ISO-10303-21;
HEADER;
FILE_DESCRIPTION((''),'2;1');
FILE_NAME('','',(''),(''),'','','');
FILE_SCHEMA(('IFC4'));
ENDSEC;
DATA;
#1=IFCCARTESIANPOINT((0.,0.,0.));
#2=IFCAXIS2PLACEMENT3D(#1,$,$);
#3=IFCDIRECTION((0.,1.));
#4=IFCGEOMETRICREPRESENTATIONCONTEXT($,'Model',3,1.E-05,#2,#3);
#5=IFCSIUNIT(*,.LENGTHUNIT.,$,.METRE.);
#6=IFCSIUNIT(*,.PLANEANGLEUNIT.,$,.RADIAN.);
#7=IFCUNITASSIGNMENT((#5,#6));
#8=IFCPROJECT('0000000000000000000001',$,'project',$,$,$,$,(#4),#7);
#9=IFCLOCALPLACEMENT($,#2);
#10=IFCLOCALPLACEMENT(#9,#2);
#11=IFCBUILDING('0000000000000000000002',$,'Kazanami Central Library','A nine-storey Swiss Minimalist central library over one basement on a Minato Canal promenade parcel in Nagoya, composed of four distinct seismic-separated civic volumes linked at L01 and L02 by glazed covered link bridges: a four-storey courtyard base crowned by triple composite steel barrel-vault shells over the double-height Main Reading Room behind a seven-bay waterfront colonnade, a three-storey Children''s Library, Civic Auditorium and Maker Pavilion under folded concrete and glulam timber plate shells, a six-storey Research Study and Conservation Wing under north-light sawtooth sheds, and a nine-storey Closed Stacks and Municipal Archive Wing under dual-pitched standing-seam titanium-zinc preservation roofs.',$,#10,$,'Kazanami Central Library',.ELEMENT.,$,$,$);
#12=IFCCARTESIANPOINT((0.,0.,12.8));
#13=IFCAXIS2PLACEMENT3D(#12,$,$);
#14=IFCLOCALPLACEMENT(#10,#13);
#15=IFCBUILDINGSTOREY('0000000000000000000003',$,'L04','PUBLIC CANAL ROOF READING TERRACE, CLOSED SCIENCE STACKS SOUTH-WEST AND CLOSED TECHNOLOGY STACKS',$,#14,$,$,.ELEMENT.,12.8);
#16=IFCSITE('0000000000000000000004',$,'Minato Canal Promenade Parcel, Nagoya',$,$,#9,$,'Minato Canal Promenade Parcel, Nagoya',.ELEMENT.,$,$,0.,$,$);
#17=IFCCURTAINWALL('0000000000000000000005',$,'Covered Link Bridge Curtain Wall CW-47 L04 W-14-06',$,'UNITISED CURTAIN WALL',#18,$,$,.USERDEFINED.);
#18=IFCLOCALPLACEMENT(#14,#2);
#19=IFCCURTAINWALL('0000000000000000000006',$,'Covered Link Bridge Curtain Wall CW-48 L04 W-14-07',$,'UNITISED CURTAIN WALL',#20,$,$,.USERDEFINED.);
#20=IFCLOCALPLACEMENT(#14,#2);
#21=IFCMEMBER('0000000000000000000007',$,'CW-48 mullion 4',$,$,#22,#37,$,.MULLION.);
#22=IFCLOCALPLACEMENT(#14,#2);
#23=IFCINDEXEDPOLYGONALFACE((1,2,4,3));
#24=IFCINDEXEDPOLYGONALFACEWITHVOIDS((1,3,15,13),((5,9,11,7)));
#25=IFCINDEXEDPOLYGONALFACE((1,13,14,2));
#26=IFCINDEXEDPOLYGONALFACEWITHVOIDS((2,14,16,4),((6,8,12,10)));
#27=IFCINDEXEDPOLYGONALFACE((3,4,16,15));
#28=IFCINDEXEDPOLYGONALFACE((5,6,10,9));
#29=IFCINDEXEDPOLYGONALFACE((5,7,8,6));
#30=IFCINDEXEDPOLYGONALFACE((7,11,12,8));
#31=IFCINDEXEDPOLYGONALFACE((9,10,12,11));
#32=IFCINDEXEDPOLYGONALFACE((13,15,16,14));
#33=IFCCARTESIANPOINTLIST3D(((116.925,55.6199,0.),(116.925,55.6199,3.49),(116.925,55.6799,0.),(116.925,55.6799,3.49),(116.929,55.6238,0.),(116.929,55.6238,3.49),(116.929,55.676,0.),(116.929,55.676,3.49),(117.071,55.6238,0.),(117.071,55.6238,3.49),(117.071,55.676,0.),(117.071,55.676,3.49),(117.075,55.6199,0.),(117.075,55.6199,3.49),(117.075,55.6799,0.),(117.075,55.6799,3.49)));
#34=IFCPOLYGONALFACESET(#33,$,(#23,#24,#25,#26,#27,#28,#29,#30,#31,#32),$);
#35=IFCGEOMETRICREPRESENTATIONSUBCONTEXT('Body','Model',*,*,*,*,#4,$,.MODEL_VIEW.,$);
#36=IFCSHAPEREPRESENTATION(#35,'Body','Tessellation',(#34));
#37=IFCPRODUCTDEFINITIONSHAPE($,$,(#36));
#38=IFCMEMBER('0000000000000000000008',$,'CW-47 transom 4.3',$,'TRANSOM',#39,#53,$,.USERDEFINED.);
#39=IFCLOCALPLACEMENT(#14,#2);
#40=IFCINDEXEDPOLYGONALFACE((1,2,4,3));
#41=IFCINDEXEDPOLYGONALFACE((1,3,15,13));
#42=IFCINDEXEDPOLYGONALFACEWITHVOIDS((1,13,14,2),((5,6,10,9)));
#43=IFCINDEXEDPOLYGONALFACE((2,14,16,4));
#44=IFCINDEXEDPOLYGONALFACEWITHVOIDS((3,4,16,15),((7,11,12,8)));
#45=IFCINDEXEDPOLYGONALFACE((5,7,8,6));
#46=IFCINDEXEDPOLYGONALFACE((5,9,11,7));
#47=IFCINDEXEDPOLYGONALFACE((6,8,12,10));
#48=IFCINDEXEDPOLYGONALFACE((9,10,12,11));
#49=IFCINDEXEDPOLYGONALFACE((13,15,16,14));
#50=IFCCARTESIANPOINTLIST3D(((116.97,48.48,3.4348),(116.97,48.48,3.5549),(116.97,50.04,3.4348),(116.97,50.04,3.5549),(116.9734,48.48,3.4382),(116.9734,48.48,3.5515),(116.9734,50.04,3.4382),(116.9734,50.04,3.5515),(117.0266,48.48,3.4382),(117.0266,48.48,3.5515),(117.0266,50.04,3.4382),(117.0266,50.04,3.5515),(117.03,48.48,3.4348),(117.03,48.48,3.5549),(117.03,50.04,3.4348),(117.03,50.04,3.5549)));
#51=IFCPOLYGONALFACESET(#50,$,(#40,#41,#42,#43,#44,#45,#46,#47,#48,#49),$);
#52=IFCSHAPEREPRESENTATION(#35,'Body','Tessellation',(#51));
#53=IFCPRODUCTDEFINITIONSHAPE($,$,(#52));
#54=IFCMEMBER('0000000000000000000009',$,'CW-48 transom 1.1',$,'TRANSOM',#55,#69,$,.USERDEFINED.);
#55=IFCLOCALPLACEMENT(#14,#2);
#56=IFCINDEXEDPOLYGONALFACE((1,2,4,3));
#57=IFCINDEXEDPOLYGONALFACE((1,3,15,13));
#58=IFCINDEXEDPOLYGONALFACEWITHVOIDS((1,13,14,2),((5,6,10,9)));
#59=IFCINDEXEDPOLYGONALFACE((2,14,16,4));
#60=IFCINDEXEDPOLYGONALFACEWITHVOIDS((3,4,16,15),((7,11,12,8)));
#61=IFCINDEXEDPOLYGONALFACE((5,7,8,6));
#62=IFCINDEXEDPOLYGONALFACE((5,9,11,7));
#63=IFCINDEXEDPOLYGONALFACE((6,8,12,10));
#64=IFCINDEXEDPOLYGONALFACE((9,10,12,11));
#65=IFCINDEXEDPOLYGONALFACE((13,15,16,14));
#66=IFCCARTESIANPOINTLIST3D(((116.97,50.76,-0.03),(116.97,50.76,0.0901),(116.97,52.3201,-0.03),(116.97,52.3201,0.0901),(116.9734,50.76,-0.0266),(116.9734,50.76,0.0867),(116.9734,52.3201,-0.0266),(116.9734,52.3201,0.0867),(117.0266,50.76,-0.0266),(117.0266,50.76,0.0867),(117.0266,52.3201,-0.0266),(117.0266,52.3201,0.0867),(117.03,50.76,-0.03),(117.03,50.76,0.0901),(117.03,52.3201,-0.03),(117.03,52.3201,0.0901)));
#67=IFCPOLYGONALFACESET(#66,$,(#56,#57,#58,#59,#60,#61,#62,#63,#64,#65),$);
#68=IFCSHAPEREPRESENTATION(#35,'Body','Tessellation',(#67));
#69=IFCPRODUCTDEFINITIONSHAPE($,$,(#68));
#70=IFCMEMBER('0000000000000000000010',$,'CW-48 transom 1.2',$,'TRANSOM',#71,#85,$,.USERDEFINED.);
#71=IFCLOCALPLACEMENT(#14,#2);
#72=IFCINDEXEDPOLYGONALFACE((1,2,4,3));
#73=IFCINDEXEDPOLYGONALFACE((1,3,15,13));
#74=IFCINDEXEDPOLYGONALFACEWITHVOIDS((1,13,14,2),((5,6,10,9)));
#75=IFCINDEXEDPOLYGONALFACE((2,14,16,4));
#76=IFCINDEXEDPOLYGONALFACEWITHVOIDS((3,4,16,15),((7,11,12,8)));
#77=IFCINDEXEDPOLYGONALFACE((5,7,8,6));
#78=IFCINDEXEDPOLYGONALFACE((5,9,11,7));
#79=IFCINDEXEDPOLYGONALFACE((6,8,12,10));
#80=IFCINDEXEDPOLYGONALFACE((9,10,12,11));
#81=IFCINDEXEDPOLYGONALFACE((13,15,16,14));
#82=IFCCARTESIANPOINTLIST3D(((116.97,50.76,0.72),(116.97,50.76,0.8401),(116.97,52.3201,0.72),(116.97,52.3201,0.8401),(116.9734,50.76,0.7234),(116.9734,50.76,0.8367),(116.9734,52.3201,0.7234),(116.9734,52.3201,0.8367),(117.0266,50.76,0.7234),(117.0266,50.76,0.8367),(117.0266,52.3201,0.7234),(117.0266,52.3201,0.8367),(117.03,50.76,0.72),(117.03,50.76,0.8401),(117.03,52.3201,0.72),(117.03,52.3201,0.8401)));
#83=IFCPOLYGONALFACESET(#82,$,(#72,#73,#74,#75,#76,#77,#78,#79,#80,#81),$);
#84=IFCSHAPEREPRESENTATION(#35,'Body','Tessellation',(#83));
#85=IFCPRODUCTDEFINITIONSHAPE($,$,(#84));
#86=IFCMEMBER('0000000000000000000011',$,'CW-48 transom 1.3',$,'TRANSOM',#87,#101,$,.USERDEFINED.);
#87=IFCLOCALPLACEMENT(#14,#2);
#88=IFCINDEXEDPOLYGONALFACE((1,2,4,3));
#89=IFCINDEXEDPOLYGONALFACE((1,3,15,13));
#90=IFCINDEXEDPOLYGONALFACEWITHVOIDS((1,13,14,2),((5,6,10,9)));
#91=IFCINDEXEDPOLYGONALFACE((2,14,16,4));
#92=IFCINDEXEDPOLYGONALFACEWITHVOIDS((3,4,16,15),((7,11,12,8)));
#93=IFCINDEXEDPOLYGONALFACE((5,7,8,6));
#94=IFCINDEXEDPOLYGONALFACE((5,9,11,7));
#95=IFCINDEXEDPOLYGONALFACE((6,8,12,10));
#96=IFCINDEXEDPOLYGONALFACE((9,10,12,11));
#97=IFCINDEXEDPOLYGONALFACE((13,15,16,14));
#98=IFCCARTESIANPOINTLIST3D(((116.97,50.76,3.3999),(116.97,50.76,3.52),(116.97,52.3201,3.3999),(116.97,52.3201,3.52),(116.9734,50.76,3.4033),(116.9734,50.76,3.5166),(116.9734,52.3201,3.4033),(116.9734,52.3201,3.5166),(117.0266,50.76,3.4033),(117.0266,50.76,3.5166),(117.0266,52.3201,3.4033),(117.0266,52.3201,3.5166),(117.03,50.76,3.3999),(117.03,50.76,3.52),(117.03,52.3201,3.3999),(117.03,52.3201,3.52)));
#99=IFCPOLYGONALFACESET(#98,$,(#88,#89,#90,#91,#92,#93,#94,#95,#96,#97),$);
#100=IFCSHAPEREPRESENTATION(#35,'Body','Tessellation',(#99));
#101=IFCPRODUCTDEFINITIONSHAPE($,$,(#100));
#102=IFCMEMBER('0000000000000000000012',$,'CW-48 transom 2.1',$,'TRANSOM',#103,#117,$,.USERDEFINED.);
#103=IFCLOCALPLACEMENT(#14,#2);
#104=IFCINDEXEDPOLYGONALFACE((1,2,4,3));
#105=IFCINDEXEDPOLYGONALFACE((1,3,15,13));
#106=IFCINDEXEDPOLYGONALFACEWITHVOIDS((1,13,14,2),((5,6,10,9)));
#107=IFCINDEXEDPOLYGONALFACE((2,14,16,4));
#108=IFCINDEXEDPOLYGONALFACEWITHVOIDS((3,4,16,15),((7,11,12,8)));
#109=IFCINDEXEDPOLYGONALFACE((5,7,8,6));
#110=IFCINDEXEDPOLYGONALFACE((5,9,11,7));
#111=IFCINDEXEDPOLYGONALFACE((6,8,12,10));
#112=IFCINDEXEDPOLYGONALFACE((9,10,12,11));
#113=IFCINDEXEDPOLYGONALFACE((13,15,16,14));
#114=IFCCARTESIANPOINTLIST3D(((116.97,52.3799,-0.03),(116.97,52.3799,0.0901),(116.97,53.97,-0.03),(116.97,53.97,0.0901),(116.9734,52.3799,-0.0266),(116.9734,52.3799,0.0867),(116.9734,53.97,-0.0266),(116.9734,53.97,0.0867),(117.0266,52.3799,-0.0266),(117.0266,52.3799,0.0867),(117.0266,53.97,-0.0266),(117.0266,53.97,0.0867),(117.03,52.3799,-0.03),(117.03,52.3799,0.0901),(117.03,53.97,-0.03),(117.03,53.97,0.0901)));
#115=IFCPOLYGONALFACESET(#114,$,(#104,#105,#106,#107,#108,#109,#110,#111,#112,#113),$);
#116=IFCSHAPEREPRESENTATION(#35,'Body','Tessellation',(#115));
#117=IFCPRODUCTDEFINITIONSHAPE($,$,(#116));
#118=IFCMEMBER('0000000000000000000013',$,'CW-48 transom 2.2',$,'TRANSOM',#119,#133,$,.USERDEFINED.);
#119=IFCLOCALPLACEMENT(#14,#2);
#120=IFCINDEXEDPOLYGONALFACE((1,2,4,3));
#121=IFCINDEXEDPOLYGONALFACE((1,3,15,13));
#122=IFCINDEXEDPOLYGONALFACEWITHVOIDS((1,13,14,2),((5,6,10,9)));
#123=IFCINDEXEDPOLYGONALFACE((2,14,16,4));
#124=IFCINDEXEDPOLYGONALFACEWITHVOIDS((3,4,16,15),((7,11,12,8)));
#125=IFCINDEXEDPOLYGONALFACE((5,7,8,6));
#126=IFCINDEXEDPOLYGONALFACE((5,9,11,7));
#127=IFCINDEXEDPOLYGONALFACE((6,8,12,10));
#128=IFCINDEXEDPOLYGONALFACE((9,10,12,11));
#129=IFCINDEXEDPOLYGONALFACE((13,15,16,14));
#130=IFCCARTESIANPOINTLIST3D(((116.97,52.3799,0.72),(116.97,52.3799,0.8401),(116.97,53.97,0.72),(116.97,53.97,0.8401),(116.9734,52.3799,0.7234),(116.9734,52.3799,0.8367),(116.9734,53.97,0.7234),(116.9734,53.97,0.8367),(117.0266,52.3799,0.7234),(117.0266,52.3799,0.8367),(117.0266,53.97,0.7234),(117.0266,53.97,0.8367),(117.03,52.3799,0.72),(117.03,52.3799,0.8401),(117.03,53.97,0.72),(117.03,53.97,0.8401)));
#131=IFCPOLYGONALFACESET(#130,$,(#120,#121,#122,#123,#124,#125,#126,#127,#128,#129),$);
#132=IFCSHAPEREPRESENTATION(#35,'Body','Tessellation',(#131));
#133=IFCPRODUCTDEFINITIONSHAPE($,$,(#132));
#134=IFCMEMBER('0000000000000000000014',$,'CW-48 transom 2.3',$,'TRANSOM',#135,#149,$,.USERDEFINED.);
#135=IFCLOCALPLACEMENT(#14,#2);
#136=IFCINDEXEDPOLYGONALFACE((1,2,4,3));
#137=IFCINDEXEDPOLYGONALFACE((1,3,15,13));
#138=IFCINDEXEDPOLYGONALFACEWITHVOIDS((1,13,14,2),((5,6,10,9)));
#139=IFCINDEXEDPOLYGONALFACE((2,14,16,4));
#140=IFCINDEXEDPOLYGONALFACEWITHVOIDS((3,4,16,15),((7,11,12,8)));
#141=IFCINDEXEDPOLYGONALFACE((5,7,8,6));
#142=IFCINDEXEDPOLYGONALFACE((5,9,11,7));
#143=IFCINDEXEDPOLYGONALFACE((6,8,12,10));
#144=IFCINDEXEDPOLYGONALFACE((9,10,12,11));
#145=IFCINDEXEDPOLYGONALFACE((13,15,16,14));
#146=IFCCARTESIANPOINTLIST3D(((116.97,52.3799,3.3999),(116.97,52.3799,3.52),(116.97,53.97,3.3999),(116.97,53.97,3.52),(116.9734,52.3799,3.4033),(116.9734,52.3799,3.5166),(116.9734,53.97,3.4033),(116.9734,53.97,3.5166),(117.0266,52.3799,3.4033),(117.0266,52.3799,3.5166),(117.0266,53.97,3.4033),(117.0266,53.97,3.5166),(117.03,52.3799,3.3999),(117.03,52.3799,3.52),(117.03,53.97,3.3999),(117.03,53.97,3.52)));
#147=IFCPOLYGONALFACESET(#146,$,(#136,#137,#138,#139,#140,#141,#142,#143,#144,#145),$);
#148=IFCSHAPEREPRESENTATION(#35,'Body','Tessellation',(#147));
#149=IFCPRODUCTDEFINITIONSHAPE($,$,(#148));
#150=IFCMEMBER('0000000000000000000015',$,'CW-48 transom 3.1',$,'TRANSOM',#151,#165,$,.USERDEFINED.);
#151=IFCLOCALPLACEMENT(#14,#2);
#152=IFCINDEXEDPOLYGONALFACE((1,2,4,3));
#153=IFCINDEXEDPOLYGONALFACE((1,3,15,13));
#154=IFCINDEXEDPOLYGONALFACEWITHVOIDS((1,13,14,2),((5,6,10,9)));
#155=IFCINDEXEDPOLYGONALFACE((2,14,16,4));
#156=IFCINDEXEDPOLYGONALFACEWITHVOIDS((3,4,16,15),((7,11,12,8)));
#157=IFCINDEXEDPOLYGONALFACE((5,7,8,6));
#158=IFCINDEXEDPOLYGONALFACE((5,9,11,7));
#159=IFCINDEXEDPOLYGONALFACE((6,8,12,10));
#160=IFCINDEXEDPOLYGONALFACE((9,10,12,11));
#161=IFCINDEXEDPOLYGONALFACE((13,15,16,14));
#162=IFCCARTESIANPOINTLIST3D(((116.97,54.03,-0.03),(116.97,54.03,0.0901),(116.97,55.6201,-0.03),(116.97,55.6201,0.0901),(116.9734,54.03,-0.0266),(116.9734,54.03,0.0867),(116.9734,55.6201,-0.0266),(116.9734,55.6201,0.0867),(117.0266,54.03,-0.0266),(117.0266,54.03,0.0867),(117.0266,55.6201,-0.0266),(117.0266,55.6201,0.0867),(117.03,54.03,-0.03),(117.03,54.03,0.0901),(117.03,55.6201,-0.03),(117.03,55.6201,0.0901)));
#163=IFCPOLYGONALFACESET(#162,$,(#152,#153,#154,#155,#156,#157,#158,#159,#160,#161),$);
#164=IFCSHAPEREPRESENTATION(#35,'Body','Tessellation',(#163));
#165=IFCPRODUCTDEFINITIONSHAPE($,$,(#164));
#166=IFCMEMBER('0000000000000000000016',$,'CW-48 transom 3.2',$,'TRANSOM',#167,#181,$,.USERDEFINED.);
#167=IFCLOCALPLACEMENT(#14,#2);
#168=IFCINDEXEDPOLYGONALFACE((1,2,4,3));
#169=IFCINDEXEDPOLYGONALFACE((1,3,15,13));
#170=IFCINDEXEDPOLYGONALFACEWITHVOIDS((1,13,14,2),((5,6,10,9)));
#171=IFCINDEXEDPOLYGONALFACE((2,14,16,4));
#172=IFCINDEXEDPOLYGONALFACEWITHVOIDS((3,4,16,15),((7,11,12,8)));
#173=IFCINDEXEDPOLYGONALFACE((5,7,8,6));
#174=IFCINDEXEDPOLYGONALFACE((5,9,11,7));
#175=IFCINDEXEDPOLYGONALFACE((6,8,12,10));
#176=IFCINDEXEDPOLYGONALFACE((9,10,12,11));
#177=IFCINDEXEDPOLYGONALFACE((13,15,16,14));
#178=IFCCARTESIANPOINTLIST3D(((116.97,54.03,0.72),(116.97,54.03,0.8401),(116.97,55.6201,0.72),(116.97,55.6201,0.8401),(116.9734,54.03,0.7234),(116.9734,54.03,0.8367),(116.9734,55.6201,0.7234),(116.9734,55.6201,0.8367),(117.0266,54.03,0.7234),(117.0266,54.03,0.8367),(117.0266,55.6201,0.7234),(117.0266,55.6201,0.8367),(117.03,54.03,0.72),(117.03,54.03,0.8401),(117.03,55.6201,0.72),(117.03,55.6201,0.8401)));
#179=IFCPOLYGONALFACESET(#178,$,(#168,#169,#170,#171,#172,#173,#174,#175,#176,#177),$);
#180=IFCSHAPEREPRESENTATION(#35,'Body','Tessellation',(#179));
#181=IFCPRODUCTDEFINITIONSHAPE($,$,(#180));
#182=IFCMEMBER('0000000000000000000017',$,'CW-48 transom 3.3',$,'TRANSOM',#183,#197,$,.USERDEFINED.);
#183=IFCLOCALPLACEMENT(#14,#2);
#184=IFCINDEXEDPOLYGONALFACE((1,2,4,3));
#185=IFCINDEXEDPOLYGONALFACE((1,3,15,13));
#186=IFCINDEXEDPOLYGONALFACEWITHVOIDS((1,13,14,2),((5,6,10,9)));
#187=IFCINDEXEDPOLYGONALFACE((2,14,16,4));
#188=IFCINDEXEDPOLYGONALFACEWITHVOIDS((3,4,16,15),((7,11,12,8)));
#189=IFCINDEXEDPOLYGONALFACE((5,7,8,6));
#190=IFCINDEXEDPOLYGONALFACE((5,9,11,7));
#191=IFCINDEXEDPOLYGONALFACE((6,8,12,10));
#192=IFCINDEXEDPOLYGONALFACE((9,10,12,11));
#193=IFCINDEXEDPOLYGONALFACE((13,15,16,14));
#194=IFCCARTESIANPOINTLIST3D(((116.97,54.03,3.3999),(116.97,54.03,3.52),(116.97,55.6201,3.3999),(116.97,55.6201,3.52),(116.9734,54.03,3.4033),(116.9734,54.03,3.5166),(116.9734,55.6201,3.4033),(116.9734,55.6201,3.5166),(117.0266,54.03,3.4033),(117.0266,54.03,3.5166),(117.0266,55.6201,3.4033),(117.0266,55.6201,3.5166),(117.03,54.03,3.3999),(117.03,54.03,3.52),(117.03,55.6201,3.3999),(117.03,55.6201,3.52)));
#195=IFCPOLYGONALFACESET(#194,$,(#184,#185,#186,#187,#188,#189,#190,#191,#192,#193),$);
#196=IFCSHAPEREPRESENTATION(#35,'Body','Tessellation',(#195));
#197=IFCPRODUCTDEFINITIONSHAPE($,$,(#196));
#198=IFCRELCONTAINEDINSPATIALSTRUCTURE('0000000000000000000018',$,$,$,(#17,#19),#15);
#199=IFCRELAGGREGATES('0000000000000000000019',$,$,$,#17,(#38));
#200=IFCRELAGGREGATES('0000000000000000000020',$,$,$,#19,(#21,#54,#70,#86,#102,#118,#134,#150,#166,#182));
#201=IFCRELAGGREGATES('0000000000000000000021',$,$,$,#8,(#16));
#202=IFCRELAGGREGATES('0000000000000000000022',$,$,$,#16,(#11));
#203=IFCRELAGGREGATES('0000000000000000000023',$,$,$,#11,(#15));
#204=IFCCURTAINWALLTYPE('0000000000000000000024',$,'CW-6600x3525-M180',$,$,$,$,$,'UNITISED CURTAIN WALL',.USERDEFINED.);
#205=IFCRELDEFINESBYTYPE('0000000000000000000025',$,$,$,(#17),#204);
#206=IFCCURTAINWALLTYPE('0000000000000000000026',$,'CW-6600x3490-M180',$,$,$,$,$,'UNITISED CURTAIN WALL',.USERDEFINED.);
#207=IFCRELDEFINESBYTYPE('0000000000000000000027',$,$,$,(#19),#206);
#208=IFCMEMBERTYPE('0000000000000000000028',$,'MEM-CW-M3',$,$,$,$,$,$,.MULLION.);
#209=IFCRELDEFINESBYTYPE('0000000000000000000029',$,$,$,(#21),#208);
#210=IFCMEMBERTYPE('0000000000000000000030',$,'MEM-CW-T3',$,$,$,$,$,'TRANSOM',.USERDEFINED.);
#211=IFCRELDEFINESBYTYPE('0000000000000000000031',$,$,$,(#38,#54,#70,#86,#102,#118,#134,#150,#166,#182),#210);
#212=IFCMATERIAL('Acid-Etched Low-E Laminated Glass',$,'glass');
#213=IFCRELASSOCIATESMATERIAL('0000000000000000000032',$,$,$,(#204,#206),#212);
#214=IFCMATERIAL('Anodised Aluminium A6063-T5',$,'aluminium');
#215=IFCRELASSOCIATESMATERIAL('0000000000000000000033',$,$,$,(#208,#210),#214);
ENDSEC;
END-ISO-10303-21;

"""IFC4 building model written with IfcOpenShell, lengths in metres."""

from ifc_helpers import new_model, si_unit, direction, frame, origin, origin_2d, place, context, subcontext, project, spatial, hollow_rectangle, extrude, material, material_profile, profile_set, type_object, element, aggregate, save


model = new_model("IFC4")

# Units and contexts
model_context = context("Model", 3, precision=1e-05, world=origin(), true_north=direction((0.0, 1.0)))
body_context = subcontext(model_context, "Body", "Model", "MODEL_VIEW")
ifc_project = project(units=[si_unit("LENGTHUNIT", "METRE"), si_unit("PLANEANGLEUNIT", "RADIAN")], contexts=[model_context])

# Site, building, storey
site_placement = place(None, origin())
site = spatial("IfcSite", under=ifc_project, at=site_placement, Name="Minato Canal Promenade Parcel, Nagoya", LongName="Minato Canal Promenade Parcel, Nagoya", CompositionType="ELEMENT", RefElevation=0.0)
building_placement = place(site_placement, origin())
building = spatial("IfcBuilding", under=site, at=building_placement, Name="Kazanami Central Library", Description="A nine-storey Swiss Minimalist central library over one basement on a Minato Canal promenade parcel in Nagoya, composed of four distinct seismic-separated civic volumes linked at L01 and L02 by glazed covered link bridges: a four-storey courtyard base crowned by triple composite steel barrel-vault shells over the double-height Main Reading Room behind a seven-bay waterfront colonnade, a three-storey Children's Library, Civic Auditorium and Maker Pavilion under folded concrete and glulam timber plate shells, a six-storey Research Study and Conservation Wing under north-light sawtooth sheds, and a nine-storey Closed Stacks and Municipal Archive Wing under dual-pitched standing-seam titanium-zinc preservation roofs.", LongName="Kazanami Central Library", CompositionType="ELEMENT")
storey_placement = place(building_placement, frame((0.0, 0.0, 12.8)))
storey = spatial("IfcBuildingStorey", under=building, at=storey_placement, Name="L04", Description="PUBLIC CANAL ROOF READING TERRACE, CLOSED SCIENCE STACKS SOUTH-WEST AND CLOSED TECHNOLOGY STACKS", CompositionType="ELEMENT", Elevation=12.8)

# Curtain wall
ifc_material_1 = material(Name="Acid-Etched Low-E Laminated Glass", Category="glass")
curtain_wall_type_1 = type_object("IfcCurtainWallType", Name="CW-6600x3525-M180", ElementType="UNITISED CURTAIN WALL", PredefinedType="USERDEFINED", material=ifc_material_1)
curtain_wall_1_placement = place(storey_placement, origin())
curtain_wall_1 = element("IfcCurtainWall", 1, at=curtain_wall_1_placement, inside=storey, type_object=curtain_wall_type_1, Name="Covered Link Bridge Curtain Wall CW-47 L04 W-14-06", ObjectType="UNITISED CURTAIN WALL", PredefinedType="USERDEFINED")
ifc_material_2 = material(Name="Anodised Aluminium A6063-T5", Category="aluminium")
ifc_material_profile_1 = material_profile(ifc_material_2, hollow_rectangle(XDim=0.0601, YDim=0.1499, WallThickness=0.0039, at=origin_2d()), Name="ALU-MULL-60x150x4")
ifc_profile_set_1 = profile_set([ifc_material_profile_1], Name="Anodised Aluminium A6063-T5")
member_type_1 = type_object("IfcMemberType", Name="MEM-CW-M3", PredefinedType="MULLION", material=ifc_profile_set_1)

# Curtain wall, member
curtain_wall_type_2 = type_object("IfcCurtainWallType", Name="CW-6600x3490-M180", ElementType="UNITISED CURTAIN WALL", PredefinedType="USERDEFINED", material=ifc_material_1)
curtain_wall_2_placement = place(storey_placement, origin())
curtain_wall_2 = element("IfcCurtainWall", 2, at=curtain_wall_2_placement, inside=storey, type_object=curtain_wall_type_2, Name="Covered Link Bridge Curtain Wall CW-48 L04 W-14-07", ObjectType="UNITISED CURTAIN WALL", PredefinedType="USERDEFINED")
member_1_placement = place(storey_placement, frame((117.0, 55.6499, 0.0), z_axis=(0.0, 0.0, 1.0), x_axis=(0.0, 1.0, 0.0)))
member_1 = element("IfcMember", 3, at=member_1_placement, type_object=member_type_1, Name="CW-48 mullion 4", PredefinedType="MULLION", context=body_context, shape_type="SweptSolid", body=[
    extrude(hollow_rectangle(XDim=0.0601, YDim=0.1499, WallThickness=0.0039, at=origin_2d()), origin(), (0.0, 0.0, 1.0), 3.49),
])

# Members
ifc_material_profile_2 = material_profile(ifc_material_2, hollow_rectangle(XDim=0.0601, YDim=0.1201, WallThickness=0.0034, at=origin_2d()), Name="ALU-TRAN-60x120x3.5")
ifc_profile_set_2 = profile_set([ifc_material_profile_2], Name="Anodised Aluminium A6063-T5")
member_type_2 = type_object("IfcMemberType", Name="MEM-CW-T3", ElementType="TRANSOM", PredefinedType="USERDEFINED", material=ifc_profile_set_2)
member_2_placement = place(storey_placement, frame((117.0, 48.48, 3.4949), z_axis=(0.0, 1.0, 0.0), x_axis=(-1.0, 0.0, 0.0)))
member_2 = element("IfcMember", 4, at=member_2_placement, type_object=member_type_2, Name="CW-47 transom 4.3", ObjectType="TRANSOM", PredefinedType="USERDEFINED", context=body_context, shape_type="SweptSolid", body=[
    extrude(hollow_rectangle(XDim=0.0601, YDim=0.1201, WallThickness=0.0034, at=origin_2d()), origin(), (0.0, 0.0, 1.0), 1.5601),
])
member_3_placement = place(storey_placement, frame((117.0, 50.76, 0.03), z_axis=(0.0, 1.0, 0.0), x_axis=(-1.0, 0.0, 0.0)))
member_3 = element("IfcMember", 5, at=member_3_placement, type_object=member_type_2, Name="CW-48 transom 1.1", ObjectType="TRANSOM", PredefinedType="USERDEFINED", context=body_context, shape_type="SweptSolid", body=[
    extrude(hollow_rectangle(XDim=0.0601, YDim=0.1201, WallThickness=0.0034, at=origin_2d()), origin(), (0.0, 0.0, 1.0), 1.5601),
])
member_4_placement = place(storey_placement, frame((117.0, 50.76, 0.78), z_axis=(0.0, 1.0, 0.0), x_axis=(-1.0, 0.0, 0.0)))
member_4 = element("IfcMember", 6, at=member_4_placement, type_object=member_type_2, Name="CW-48 transom 1.2", ObjectType="TRANSOM", PredefinedType="USERDEFINED", context=body_context, shape_type="SweptSolid", body=[
    extrude(hollow_rectangle(XDim=0.0601, YDim=0.1201, WallThickness=0.0034, at=origin_2d()), origin(), (0.0, 0.0, 1.0), 1.5601),
])
member_5_placement = place(storey_placement, frame((117.0, 50.76, 3.46), z_axis=(0.0, 1.0, 0.0), x_axis=(-1.0, 0.0, 0.0)))
member_5 = element("IfcMember", 7, at=member_5_placement, type_object=member_type_2, Name="CW-48 transom 1.3", ObjectType="TRANSOM", PredefinedType="USERDEFINED", context=body_context, shape_type="SweptSolid", body=[
    extrude(hollow_rectangle(XDim=0.0601, YDim=0.1201, WallThickness=0.0034, at=origin_2d()), origin(), (0.0, 0.0, 1.0), 1.5601),
])
member_6_placement = place(storey_placement, frame((117.0, 52.3799, 0.03), z_axis=(0.0, 1.0, 0.0), x_axis=(-1.0, 0.0, 0.0)))
member_6 = element("IfcMember", 8, at=member_6_placement, type_object=member_type_2, Name="CW-48 transom 2.1", ObjectType="TRANSOM", PredefinedType="USERDEFINED", context=body_context, shape_type="SweptSolid", body=[
    extrude(hollow_rectangle(XDim=0.0601, YDim=0.1201, WallThickness=0.0034, at=origin_2d()), origin(), (0.0, 0.0, 1.0), 1.5901),
])
member_7_placement = place(storey_placement, frame((117.0, 52.3799, 0.78), z_axis=(0.0, 1.0, 0.0), x_axis=(-1.0, 0.0, 0.0)))
member_7 = element("IfcMember", 9, at=member_7_placement, type_object=member_type_2, Name="CW-48 transom 2.2", ObjectType="TRANSOM", PredefinedType="USERDEFINED", context=body_context, shape_type="SweptSolid", body=[
    extrude(hollow_rectangle(XDim=0.0601, YDim=0.1201, WallThickness=0.0034, at=origin_2d()), origin(), (0.0, 0.0, 1.0), 1.5901),
])
member_8_placement = place(storey_placement, frame((117.0, 52.3799, 3.46), z_axis=(0.0, 1.0, 0.0), x_axis=(-1.0, 0.0, 0.0)))
member_8 = element("IfcMember", 10, at=member_8_placement, type_object=member_type_2, Name="CW-48 transom 2.3", ObjectType="TRANSOM", PredefinedType="USERDEFINED", context=body_context, shape_type="SweptSolid", body=[
    extrude(hollow_rectangle(XDim=0.0601, YDim=0.1201, WallThickness=0.0034, at=origin_2d()), origin(), (0.0, 0.0, 1.0), 1.5901),
])
member_9_placement = place(storey_placement, frame((117.0, 54.03, 0.03), z_axis=(0.0, 1.0, 0.0), x_axis=(-1.0, 0.0, 0.0)))
member_9 = element("IfcMember", 11, at=member_9_placement, type_object=member_type_2, Name="CW-48 transom 3.1", ObjectType="TRANSOM", PredefinedType="USERDEFINED", context=body_context, shape_type="SweptSolid", body=[
    extrude(hollow_rectangle(XDim=0.0601, YDim=0.1201, WallThickness=0.0034, at=origin_2d()), origin(), (0.0, 0.0, 1.0), 1.5901),
])
member_10_placement = place(storey_placement, frame((117.0, 54.03, 0.78), z_axis=(0.0, 1.0, 0.0), x_axis=(-1.0, 0.0, 0.0)))
member_10 = element("IfcMember", 12, at=member_10_placement, type_object=member_type_2, Name="CW-48 transom 3.2", ObjectType="TRANSOM", PredefinedType="USERDEFINED", context=body_context, shape_type="SweptSolid", body=[
    extrude(hollow_rectangle(XDim=0.0601, YDim=0.1201, WallThickness=0.0034, at=origin_2d()), origin(), (0.0, 0.0, 1.0), 1.5901),
])
member_11_placement = place(storey_placement, frame((117.0, 54.03, 3.46), z_axis=(0.0, 1.0, 0.0), x_axis=(-1.0, 0.0, 0.0)))
member_11 = element("IfcMember", 13, at=member_11_placement, type_object=member_type_2, Name="CW-48 transom 3.3", ObjectType="TRANSOM", PredefinedType="USERDEFINED", context=body_context, shape_type="SweptSolid", body=[
    extrude(hollow_rectangle(XDim=0.0601, YDim=0.1201, WallThickness=0.0034, at=origin_2d()), origin(), (0.0, 0.0, 1.0), 1.5901),
])

aggregate(curtain_wall_1, [member_2])
aggregate(curtain_wall_2, [member_1, member_3, member_4, member_5, member_6, member_7, member_8, member_9, member_10, member_11])

save(model, "model.ifc")
